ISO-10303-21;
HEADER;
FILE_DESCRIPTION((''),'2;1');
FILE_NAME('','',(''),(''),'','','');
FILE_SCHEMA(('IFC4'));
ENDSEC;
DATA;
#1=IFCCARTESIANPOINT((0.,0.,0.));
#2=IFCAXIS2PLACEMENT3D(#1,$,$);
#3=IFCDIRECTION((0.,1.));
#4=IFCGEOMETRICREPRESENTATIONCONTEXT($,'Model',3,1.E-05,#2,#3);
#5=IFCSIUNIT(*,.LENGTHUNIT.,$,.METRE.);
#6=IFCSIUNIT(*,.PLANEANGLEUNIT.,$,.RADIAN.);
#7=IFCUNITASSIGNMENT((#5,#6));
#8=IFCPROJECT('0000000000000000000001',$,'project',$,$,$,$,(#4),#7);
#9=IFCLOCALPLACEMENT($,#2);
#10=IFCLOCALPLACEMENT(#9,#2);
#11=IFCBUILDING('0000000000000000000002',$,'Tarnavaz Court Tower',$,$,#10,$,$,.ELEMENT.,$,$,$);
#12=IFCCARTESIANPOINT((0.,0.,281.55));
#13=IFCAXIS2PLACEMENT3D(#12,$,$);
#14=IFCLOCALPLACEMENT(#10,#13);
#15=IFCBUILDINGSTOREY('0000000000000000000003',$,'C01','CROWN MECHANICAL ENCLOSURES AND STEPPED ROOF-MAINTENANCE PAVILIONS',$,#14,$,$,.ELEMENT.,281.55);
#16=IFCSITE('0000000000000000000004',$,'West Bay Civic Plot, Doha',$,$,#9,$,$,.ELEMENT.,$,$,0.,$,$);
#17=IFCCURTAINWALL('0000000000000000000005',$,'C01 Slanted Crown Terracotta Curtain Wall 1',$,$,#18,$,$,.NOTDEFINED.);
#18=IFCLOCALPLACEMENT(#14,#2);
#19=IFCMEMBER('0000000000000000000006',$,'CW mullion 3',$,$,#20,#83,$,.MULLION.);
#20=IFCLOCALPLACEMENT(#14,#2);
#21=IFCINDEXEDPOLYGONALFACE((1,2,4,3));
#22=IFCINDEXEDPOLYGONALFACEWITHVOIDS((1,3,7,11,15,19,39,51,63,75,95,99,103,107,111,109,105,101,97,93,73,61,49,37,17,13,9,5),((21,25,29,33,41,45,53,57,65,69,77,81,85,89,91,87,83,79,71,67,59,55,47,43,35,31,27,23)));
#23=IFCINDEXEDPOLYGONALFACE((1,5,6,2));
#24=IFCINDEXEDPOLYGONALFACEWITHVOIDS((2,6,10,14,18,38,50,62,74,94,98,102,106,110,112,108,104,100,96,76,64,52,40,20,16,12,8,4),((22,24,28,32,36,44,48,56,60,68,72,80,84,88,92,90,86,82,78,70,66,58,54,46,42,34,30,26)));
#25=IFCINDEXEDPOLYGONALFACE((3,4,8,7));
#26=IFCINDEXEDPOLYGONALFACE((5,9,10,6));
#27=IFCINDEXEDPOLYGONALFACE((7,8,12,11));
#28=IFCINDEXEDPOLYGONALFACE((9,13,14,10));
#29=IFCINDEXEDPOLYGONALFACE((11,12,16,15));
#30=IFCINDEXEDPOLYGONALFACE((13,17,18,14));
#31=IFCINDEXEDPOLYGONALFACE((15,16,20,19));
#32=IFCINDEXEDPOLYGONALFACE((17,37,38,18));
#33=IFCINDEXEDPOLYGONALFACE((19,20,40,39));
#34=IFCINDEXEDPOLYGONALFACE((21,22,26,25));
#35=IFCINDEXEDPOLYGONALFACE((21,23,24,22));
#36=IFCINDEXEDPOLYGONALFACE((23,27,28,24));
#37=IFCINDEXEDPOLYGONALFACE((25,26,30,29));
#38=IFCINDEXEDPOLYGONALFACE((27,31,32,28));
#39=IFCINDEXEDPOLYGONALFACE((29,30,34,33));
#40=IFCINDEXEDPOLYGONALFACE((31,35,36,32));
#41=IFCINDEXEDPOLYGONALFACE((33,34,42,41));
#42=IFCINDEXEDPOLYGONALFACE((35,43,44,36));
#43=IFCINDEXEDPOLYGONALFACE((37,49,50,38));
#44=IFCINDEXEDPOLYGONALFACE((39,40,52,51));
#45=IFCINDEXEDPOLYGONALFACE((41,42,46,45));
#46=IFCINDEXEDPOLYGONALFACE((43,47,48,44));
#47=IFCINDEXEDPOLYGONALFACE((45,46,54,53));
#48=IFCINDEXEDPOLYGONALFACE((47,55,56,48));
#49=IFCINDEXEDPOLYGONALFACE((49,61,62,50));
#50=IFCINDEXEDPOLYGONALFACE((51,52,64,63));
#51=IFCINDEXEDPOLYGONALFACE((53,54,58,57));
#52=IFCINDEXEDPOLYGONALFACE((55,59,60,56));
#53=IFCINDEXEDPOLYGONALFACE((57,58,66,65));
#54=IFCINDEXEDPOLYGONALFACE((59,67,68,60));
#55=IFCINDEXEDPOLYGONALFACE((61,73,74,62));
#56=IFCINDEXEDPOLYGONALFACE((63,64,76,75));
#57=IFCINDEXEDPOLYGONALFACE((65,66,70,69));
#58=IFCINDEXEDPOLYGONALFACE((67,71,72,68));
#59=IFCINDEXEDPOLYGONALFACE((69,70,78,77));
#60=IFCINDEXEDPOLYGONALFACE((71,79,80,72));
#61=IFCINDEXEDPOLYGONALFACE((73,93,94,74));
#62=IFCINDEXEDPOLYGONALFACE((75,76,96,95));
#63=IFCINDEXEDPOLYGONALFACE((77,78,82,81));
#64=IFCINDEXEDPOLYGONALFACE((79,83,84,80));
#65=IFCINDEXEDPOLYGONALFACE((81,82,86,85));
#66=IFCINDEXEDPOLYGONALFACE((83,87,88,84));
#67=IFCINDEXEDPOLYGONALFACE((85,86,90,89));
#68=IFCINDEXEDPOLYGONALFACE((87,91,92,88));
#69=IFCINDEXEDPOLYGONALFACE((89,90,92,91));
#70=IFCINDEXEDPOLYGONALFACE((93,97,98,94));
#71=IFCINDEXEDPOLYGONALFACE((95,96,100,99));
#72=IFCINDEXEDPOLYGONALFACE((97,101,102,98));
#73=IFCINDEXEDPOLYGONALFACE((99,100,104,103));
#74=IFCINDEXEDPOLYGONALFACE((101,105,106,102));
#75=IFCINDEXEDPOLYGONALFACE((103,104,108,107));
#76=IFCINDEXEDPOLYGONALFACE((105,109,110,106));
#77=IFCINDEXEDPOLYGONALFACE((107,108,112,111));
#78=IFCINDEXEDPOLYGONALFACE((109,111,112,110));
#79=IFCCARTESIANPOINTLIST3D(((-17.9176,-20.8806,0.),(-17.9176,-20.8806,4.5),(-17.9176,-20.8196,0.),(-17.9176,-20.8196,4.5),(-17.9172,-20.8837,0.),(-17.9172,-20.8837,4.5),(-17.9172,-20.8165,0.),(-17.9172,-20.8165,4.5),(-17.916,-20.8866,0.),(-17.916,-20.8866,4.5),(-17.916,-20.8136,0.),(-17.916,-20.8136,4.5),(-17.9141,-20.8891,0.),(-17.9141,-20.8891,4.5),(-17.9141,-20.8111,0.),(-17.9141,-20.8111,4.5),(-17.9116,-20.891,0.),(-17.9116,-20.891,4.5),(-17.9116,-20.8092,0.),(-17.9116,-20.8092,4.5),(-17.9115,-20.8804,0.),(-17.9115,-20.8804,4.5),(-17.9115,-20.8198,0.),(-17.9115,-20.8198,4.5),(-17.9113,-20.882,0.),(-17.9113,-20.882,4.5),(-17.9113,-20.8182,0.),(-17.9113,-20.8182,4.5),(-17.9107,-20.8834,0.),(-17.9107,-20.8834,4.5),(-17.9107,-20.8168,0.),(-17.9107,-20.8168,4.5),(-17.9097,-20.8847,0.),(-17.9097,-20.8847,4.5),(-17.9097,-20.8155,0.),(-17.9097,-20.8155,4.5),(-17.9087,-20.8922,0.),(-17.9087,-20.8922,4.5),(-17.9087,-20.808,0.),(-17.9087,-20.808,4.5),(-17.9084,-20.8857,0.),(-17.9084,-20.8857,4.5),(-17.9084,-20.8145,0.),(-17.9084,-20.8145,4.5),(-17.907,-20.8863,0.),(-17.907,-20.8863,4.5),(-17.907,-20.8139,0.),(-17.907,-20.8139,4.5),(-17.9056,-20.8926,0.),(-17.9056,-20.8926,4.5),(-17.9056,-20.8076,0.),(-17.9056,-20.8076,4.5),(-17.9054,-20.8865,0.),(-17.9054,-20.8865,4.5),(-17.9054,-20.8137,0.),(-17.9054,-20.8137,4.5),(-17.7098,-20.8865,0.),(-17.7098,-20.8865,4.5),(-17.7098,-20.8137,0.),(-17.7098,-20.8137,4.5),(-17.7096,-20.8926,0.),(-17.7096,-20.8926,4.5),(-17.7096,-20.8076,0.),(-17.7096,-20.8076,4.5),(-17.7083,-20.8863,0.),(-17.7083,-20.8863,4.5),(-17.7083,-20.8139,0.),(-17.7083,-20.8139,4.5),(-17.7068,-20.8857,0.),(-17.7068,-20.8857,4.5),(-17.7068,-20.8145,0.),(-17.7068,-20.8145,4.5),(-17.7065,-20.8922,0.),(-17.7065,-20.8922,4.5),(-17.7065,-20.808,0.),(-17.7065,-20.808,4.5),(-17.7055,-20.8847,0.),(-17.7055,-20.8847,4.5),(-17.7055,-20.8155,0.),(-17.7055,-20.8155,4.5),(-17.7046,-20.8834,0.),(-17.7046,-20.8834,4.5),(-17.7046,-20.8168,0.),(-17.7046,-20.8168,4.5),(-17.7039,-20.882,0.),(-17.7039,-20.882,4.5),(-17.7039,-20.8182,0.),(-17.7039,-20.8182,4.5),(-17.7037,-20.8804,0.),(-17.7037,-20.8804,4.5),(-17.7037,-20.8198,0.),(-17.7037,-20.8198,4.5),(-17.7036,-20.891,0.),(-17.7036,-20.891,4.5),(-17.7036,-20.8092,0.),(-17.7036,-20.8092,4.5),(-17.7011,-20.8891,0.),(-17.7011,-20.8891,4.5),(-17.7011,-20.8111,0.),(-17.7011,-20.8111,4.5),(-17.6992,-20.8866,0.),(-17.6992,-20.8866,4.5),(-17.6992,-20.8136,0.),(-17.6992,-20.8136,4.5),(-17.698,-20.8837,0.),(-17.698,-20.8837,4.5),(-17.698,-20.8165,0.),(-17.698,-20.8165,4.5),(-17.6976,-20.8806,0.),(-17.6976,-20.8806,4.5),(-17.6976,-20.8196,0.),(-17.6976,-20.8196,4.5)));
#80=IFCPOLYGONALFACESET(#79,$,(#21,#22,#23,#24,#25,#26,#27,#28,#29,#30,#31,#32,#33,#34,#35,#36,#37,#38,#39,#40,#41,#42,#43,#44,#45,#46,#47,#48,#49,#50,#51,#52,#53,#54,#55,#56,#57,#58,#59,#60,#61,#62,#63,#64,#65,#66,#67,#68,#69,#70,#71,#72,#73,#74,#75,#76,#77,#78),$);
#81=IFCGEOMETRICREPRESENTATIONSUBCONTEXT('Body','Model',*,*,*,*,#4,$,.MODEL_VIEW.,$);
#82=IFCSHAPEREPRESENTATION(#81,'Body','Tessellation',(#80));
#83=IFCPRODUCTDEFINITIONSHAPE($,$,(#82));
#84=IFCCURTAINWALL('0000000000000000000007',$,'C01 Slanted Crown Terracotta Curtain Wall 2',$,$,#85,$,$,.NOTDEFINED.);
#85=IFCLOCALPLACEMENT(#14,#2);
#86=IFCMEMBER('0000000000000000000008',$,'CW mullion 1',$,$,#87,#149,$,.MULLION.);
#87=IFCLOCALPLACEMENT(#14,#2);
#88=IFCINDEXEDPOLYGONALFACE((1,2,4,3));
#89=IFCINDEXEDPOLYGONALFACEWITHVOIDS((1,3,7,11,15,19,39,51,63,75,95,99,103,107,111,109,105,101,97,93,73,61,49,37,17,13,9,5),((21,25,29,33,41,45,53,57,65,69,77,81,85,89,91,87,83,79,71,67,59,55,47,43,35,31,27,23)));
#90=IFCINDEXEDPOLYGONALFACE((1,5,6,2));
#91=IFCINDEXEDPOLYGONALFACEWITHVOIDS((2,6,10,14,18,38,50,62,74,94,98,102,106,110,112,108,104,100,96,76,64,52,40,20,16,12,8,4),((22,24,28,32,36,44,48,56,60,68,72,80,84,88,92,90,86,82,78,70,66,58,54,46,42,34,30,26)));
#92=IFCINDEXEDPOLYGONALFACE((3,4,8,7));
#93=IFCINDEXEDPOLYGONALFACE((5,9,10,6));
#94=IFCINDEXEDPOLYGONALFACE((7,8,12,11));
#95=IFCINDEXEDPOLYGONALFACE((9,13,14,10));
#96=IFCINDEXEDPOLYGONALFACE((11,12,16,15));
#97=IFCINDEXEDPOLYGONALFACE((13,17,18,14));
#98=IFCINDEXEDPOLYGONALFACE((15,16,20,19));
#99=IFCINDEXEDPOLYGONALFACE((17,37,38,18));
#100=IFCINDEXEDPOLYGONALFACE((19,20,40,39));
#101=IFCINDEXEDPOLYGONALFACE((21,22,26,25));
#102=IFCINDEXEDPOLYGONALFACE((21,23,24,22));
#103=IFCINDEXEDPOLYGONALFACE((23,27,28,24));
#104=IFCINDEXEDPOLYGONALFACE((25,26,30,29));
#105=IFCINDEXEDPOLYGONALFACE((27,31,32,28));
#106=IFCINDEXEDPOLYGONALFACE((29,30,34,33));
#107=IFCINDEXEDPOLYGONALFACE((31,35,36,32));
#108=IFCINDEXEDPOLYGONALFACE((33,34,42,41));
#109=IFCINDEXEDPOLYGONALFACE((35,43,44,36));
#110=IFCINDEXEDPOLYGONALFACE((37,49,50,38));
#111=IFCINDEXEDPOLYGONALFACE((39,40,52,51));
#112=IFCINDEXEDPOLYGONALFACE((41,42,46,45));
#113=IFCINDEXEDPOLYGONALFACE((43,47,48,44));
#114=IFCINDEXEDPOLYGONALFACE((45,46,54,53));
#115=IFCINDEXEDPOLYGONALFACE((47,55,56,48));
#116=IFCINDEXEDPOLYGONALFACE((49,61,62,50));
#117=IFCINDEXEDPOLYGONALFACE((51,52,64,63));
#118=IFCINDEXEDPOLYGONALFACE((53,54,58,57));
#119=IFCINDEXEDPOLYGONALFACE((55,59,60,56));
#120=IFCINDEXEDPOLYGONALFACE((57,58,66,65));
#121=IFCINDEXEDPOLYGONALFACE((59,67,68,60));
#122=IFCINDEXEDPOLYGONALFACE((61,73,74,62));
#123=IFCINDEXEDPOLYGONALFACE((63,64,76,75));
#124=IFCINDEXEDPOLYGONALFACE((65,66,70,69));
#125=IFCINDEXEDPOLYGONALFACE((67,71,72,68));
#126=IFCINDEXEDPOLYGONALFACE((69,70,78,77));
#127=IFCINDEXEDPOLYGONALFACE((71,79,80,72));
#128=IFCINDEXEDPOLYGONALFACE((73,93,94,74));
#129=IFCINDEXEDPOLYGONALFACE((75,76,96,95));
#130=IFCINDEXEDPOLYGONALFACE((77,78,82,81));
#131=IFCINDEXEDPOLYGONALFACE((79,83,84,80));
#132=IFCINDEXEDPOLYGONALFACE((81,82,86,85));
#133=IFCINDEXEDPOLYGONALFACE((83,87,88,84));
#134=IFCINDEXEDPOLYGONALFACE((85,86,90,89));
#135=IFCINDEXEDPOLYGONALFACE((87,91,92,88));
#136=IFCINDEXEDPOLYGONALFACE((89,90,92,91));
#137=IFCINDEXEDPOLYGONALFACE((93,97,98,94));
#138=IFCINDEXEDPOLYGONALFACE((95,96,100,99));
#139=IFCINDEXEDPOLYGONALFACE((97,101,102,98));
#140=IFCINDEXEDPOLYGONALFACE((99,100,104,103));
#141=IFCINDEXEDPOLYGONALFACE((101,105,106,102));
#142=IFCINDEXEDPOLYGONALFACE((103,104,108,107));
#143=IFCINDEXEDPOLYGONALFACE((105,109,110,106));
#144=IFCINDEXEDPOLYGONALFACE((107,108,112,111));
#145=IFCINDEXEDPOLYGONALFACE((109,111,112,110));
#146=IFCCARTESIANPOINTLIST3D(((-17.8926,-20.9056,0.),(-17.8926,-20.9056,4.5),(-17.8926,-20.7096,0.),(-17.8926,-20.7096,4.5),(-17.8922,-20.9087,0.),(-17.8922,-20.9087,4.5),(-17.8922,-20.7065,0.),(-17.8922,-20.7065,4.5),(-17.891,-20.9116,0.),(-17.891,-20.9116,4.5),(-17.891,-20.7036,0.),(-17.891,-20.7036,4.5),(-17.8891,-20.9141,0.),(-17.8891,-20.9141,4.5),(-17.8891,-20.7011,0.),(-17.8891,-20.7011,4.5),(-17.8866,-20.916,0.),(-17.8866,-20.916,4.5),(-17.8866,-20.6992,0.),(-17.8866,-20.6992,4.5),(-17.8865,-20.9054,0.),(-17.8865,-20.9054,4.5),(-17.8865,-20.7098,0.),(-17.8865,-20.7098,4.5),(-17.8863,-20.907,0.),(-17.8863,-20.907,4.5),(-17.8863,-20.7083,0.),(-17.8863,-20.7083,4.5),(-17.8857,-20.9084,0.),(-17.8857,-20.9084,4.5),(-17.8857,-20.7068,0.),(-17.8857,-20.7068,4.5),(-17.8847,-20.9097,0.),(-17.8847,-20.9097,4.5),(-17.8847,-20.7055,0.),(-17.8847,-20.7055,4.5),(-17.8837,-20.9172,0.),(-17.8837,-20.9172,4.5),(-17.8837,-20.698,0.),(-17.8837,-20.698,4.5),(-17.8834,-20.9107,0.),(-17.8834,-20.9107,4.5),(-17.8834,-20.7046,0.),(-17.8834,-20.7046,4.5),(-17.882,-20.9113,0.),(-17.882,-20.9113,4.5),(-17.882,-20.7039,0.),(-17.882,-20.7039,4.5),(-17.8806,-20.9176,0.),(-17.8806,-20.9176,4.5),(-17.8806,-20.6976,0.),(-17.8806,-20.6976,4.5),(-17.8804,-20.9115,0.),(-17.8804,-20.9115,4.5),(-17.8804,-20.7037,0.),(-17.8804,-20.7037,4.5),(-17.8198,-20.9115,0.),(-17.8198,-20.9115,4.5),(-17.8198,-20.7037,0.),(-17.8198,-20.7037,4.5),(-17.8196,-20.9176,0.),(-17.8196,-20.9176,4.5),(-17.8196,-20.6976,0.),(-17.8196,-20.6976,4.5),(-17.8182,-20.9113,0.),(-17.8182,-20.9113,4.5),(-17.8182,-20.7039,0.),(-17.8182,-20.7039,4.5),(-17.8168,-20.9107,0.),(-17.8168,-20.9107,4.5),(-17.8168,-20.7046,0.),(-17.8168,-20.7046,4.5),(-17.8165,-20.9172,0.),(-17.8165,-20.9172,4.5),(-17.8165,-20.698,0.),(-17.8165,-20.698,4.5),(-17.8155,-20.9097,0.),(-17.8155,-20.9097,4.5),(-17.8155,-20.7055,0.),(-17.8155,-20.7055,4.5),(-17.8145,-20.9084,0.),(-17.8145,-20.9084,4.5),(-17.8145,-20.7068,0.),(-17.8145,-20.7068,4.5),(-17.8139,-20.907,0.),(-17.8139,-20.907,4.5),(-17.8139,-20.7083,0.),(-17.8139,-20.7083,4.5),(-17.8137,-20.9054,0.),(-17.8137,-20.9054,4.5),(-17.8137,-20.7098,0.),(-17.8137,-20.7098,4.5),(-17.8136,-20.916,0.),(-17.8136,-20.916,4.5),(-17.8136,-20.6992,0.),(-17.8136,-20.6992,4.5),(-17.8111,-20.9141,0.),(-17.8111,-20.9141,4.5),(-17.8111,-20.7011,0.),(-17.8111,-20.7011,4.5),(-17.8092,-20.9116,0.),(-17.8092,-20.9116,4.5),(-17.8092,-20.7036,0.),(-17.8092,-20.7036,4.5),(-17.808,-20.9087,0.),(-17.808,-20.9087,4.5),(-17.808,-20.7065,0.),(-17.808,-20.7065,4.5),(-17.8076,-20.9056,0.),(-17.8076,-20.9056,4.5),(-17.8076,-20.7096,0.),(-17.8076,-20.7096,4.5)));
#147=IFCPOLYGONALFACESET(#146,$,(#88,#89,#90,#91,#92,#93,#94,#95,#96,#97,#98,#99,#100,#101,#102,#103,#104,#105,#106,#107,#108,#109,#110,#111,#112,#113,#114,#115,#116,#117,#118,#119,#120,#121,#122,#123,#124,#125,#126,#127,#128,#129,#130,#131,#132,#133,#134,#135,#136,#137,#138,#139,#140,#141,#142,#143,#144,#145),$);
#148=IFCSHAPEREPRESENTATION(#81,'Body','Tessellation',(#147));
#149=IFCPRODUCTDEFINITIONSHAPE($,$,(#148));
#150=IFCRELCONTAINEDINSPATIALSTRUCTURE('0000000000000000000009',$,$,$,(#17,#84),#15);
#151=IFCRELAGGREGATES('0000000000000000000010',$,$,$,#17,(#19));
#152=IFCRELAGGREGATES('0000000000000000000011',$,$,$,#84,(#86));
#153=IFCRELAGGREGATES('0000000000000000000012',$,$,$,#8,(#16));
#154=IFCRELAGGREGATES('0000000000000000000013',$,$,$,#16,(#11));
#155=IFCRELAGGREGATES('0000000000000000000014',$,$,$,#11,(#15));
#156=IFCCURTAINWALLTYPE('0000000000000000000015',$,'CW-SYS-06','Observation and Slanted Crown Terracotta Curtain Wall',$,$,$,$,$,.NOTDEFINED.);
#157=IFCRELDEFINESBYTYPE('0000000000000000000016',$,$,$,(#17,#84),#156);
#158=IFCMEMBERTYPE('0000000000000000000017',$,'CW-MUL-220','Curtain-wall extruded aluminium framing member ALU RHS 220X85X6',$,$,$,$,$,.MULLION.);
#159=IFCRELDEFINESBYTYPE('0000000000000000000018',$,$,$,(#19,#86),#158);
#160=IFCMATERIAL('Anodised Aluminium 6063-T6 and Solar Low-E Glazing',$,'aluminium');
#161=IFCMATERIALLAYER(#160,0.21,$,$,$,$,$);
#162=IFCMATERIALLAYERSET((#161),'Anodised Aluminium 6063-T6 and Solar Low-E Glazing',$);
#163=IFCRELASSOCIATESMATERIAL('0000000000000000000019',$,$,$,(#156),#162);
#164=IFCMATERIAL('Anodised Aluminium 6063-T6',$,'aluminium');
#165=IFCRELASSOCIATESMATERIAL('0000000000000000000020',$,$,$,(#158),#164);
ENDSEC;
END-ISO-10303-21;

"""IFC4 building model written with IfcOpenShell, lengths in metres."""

from ifc_helpers import new_model, si_unit, direction, frame, origin, origin_2d, place, context, subcontext, project, spatial, hollow_rectangle, extrude, material, layer, layer_set, material_profile, profile_set, type_object, element, aggregate, save


model = new_model("IFC4")

# Units and contexts
model_context = context("Model", 3, precision=1e-05, world=origin(), true_north=direction((0.0, 1.0)))
body_context = subcontext(model_context, "Body", "Model", "MODEL_VIEW")
ifc_project = project(units=[si_unit("LENGTHUNIT", "METRE"), si_unit("PLANEANGLEUNIT", "RADIAN")], contexts=[model_context])

# Site, building, storey
site_placement = place(None, origin())
site = spatial("IfcSite", under=ifc_project, at=site_placement, Name="West Bay Civic Plot, Doha", CompositionType="ELEMENT", RefElevation=0.0)
building_placement = place(site_placement, origin())
building = spatial("IfcBuilding", under=site, at=building_placement, Name="Tarnavaz Court Tower", CompositionType="ELEMENT")
storey_placement = place(building_placement, frame((0.0, 0.0, 281.55)))
storey = spatial("IfcBuildingStorey", under=building, at=storey_placement, Name="C01", Description="CROWN MECHANICAL ENCLOSURES AND STEPPED ROOF-MAINTENANCE PAVILIONS", CompositionType="ELEMENT", Elevation=281.55)

# Curtain walls, members
ifc_material_1 = material(Name="Anodised Aluminium 6063-T6 and Solar Low-E Glazing", Category="aluminium")
ifc_layer_1 = layer(ifc_material_1, 0.21)
ifc_layer_set_1 = layer_set([ifc_layer_1], Name="Anodised Aluminium 6063-T6 and Solar Low-E Glazing")
curtain_wall_type = type_object("IfcCurtainWallType", Name="CW-SYS-06", Description="Observation and Slanted Crown Terracotta Curtain Wall", PredefinedType="NOTDEFINED", material=ifc_layer_set_1)
curtain_wall_1_placement = place(storey_placement, origin())
curtain_wall_1 = element("IfcCurtainWall", 1, at=curtain_wall_1_placement, inside=storey, type_object=curtain_wall_type, Name="C01 Slanted Crown Terracotta Curtain Wall 1", PredefinedType="NOTDEFINED")
ifc_material_2 = material(Name="Anodised Aluminium 6063-T6", Category="aluminium")
ifc_material_profile_1 = material_profile(ifc_material_2, hollow_rectangle(XDim=0.085, YDim=0.22, WallThickness=0.0061, InnerFilletRadius=0.0061, OuterFilletRadius=0.012, at=origin_2d()), Name="ALU RHS 220X85X6")
ifc_profile_set_1 = profile_set([ifc_material_profile_1], Name="Anodised Aluminium 6063-T6")
member_type_1 = type_object("IfcMemberType", Name="CW-MUL-220", Description="Curtain-wall extruded aluminium framing member ALU RHS 220X85X6", PredefinedType="MULLION", material=ifc_profile_set_1)
member_1_placement = place(storey_placement, frame((-17.8076, -20.8501, 0.0), z_axis=(0.0, 0.0, 1.0), x_axis=(0.0, -1.0, 0.0)))
member_1 = element("IfcMember", 2, at=member_1_placement, type_object=member_type_1, Name="CW mullion 3", PredefinedType="MULLION", context=body_context, shape_type="SweptSolid", body=[
    extrude(hollow_rectangle(XDim=0.085, YDim=0.22, WallThickness=0.0061, InnerFilletRadius=0.0061, OuterFilletRadius=0.012, at=origin_2d()), origin(), (0.0, 0.0, 1.0), 4.5),
])
curtain_wall_2_placement = place(storey_placement, origin())
curtain_wall_2 = element("IfcCurtainWall", 3, at=curtain_wall_2_placement, inside=storey, type_object=curtain_wall_type, Name="C01 Slanted Crown Terracotta Curtain Wall 2", PredefinedType="NOTDEFINED")
member_2_placement = place(storey_placement, frame((-17.8501, -20.8076, 0.0), z_axis=(0.0, 0.0, 1.0), x_axis=(-1.0, 0.0, 0.0)))
member_2 = element("IfcMember", 4, at=member_2_placement, type_object=member_type_1, Name="CW mullion 1", PredefinedType="MULLION", context=body_context, shape_type="SweptSolid", body=[
    extrude(hollow_rectangle(XDim=0.085, YDim=0.22, WallThickness=0.0061, InnerFilletRadius=0.0061, OuterFilletRadius=0.012, at=origin_2d()), origin(), (0.0, 0.0, 1.0), 4.5),
])

aggregate(curtain_wall_1, [member_1])
aggregate(curtain_wall_2, [member_2])

save(model, "model.ifc")
